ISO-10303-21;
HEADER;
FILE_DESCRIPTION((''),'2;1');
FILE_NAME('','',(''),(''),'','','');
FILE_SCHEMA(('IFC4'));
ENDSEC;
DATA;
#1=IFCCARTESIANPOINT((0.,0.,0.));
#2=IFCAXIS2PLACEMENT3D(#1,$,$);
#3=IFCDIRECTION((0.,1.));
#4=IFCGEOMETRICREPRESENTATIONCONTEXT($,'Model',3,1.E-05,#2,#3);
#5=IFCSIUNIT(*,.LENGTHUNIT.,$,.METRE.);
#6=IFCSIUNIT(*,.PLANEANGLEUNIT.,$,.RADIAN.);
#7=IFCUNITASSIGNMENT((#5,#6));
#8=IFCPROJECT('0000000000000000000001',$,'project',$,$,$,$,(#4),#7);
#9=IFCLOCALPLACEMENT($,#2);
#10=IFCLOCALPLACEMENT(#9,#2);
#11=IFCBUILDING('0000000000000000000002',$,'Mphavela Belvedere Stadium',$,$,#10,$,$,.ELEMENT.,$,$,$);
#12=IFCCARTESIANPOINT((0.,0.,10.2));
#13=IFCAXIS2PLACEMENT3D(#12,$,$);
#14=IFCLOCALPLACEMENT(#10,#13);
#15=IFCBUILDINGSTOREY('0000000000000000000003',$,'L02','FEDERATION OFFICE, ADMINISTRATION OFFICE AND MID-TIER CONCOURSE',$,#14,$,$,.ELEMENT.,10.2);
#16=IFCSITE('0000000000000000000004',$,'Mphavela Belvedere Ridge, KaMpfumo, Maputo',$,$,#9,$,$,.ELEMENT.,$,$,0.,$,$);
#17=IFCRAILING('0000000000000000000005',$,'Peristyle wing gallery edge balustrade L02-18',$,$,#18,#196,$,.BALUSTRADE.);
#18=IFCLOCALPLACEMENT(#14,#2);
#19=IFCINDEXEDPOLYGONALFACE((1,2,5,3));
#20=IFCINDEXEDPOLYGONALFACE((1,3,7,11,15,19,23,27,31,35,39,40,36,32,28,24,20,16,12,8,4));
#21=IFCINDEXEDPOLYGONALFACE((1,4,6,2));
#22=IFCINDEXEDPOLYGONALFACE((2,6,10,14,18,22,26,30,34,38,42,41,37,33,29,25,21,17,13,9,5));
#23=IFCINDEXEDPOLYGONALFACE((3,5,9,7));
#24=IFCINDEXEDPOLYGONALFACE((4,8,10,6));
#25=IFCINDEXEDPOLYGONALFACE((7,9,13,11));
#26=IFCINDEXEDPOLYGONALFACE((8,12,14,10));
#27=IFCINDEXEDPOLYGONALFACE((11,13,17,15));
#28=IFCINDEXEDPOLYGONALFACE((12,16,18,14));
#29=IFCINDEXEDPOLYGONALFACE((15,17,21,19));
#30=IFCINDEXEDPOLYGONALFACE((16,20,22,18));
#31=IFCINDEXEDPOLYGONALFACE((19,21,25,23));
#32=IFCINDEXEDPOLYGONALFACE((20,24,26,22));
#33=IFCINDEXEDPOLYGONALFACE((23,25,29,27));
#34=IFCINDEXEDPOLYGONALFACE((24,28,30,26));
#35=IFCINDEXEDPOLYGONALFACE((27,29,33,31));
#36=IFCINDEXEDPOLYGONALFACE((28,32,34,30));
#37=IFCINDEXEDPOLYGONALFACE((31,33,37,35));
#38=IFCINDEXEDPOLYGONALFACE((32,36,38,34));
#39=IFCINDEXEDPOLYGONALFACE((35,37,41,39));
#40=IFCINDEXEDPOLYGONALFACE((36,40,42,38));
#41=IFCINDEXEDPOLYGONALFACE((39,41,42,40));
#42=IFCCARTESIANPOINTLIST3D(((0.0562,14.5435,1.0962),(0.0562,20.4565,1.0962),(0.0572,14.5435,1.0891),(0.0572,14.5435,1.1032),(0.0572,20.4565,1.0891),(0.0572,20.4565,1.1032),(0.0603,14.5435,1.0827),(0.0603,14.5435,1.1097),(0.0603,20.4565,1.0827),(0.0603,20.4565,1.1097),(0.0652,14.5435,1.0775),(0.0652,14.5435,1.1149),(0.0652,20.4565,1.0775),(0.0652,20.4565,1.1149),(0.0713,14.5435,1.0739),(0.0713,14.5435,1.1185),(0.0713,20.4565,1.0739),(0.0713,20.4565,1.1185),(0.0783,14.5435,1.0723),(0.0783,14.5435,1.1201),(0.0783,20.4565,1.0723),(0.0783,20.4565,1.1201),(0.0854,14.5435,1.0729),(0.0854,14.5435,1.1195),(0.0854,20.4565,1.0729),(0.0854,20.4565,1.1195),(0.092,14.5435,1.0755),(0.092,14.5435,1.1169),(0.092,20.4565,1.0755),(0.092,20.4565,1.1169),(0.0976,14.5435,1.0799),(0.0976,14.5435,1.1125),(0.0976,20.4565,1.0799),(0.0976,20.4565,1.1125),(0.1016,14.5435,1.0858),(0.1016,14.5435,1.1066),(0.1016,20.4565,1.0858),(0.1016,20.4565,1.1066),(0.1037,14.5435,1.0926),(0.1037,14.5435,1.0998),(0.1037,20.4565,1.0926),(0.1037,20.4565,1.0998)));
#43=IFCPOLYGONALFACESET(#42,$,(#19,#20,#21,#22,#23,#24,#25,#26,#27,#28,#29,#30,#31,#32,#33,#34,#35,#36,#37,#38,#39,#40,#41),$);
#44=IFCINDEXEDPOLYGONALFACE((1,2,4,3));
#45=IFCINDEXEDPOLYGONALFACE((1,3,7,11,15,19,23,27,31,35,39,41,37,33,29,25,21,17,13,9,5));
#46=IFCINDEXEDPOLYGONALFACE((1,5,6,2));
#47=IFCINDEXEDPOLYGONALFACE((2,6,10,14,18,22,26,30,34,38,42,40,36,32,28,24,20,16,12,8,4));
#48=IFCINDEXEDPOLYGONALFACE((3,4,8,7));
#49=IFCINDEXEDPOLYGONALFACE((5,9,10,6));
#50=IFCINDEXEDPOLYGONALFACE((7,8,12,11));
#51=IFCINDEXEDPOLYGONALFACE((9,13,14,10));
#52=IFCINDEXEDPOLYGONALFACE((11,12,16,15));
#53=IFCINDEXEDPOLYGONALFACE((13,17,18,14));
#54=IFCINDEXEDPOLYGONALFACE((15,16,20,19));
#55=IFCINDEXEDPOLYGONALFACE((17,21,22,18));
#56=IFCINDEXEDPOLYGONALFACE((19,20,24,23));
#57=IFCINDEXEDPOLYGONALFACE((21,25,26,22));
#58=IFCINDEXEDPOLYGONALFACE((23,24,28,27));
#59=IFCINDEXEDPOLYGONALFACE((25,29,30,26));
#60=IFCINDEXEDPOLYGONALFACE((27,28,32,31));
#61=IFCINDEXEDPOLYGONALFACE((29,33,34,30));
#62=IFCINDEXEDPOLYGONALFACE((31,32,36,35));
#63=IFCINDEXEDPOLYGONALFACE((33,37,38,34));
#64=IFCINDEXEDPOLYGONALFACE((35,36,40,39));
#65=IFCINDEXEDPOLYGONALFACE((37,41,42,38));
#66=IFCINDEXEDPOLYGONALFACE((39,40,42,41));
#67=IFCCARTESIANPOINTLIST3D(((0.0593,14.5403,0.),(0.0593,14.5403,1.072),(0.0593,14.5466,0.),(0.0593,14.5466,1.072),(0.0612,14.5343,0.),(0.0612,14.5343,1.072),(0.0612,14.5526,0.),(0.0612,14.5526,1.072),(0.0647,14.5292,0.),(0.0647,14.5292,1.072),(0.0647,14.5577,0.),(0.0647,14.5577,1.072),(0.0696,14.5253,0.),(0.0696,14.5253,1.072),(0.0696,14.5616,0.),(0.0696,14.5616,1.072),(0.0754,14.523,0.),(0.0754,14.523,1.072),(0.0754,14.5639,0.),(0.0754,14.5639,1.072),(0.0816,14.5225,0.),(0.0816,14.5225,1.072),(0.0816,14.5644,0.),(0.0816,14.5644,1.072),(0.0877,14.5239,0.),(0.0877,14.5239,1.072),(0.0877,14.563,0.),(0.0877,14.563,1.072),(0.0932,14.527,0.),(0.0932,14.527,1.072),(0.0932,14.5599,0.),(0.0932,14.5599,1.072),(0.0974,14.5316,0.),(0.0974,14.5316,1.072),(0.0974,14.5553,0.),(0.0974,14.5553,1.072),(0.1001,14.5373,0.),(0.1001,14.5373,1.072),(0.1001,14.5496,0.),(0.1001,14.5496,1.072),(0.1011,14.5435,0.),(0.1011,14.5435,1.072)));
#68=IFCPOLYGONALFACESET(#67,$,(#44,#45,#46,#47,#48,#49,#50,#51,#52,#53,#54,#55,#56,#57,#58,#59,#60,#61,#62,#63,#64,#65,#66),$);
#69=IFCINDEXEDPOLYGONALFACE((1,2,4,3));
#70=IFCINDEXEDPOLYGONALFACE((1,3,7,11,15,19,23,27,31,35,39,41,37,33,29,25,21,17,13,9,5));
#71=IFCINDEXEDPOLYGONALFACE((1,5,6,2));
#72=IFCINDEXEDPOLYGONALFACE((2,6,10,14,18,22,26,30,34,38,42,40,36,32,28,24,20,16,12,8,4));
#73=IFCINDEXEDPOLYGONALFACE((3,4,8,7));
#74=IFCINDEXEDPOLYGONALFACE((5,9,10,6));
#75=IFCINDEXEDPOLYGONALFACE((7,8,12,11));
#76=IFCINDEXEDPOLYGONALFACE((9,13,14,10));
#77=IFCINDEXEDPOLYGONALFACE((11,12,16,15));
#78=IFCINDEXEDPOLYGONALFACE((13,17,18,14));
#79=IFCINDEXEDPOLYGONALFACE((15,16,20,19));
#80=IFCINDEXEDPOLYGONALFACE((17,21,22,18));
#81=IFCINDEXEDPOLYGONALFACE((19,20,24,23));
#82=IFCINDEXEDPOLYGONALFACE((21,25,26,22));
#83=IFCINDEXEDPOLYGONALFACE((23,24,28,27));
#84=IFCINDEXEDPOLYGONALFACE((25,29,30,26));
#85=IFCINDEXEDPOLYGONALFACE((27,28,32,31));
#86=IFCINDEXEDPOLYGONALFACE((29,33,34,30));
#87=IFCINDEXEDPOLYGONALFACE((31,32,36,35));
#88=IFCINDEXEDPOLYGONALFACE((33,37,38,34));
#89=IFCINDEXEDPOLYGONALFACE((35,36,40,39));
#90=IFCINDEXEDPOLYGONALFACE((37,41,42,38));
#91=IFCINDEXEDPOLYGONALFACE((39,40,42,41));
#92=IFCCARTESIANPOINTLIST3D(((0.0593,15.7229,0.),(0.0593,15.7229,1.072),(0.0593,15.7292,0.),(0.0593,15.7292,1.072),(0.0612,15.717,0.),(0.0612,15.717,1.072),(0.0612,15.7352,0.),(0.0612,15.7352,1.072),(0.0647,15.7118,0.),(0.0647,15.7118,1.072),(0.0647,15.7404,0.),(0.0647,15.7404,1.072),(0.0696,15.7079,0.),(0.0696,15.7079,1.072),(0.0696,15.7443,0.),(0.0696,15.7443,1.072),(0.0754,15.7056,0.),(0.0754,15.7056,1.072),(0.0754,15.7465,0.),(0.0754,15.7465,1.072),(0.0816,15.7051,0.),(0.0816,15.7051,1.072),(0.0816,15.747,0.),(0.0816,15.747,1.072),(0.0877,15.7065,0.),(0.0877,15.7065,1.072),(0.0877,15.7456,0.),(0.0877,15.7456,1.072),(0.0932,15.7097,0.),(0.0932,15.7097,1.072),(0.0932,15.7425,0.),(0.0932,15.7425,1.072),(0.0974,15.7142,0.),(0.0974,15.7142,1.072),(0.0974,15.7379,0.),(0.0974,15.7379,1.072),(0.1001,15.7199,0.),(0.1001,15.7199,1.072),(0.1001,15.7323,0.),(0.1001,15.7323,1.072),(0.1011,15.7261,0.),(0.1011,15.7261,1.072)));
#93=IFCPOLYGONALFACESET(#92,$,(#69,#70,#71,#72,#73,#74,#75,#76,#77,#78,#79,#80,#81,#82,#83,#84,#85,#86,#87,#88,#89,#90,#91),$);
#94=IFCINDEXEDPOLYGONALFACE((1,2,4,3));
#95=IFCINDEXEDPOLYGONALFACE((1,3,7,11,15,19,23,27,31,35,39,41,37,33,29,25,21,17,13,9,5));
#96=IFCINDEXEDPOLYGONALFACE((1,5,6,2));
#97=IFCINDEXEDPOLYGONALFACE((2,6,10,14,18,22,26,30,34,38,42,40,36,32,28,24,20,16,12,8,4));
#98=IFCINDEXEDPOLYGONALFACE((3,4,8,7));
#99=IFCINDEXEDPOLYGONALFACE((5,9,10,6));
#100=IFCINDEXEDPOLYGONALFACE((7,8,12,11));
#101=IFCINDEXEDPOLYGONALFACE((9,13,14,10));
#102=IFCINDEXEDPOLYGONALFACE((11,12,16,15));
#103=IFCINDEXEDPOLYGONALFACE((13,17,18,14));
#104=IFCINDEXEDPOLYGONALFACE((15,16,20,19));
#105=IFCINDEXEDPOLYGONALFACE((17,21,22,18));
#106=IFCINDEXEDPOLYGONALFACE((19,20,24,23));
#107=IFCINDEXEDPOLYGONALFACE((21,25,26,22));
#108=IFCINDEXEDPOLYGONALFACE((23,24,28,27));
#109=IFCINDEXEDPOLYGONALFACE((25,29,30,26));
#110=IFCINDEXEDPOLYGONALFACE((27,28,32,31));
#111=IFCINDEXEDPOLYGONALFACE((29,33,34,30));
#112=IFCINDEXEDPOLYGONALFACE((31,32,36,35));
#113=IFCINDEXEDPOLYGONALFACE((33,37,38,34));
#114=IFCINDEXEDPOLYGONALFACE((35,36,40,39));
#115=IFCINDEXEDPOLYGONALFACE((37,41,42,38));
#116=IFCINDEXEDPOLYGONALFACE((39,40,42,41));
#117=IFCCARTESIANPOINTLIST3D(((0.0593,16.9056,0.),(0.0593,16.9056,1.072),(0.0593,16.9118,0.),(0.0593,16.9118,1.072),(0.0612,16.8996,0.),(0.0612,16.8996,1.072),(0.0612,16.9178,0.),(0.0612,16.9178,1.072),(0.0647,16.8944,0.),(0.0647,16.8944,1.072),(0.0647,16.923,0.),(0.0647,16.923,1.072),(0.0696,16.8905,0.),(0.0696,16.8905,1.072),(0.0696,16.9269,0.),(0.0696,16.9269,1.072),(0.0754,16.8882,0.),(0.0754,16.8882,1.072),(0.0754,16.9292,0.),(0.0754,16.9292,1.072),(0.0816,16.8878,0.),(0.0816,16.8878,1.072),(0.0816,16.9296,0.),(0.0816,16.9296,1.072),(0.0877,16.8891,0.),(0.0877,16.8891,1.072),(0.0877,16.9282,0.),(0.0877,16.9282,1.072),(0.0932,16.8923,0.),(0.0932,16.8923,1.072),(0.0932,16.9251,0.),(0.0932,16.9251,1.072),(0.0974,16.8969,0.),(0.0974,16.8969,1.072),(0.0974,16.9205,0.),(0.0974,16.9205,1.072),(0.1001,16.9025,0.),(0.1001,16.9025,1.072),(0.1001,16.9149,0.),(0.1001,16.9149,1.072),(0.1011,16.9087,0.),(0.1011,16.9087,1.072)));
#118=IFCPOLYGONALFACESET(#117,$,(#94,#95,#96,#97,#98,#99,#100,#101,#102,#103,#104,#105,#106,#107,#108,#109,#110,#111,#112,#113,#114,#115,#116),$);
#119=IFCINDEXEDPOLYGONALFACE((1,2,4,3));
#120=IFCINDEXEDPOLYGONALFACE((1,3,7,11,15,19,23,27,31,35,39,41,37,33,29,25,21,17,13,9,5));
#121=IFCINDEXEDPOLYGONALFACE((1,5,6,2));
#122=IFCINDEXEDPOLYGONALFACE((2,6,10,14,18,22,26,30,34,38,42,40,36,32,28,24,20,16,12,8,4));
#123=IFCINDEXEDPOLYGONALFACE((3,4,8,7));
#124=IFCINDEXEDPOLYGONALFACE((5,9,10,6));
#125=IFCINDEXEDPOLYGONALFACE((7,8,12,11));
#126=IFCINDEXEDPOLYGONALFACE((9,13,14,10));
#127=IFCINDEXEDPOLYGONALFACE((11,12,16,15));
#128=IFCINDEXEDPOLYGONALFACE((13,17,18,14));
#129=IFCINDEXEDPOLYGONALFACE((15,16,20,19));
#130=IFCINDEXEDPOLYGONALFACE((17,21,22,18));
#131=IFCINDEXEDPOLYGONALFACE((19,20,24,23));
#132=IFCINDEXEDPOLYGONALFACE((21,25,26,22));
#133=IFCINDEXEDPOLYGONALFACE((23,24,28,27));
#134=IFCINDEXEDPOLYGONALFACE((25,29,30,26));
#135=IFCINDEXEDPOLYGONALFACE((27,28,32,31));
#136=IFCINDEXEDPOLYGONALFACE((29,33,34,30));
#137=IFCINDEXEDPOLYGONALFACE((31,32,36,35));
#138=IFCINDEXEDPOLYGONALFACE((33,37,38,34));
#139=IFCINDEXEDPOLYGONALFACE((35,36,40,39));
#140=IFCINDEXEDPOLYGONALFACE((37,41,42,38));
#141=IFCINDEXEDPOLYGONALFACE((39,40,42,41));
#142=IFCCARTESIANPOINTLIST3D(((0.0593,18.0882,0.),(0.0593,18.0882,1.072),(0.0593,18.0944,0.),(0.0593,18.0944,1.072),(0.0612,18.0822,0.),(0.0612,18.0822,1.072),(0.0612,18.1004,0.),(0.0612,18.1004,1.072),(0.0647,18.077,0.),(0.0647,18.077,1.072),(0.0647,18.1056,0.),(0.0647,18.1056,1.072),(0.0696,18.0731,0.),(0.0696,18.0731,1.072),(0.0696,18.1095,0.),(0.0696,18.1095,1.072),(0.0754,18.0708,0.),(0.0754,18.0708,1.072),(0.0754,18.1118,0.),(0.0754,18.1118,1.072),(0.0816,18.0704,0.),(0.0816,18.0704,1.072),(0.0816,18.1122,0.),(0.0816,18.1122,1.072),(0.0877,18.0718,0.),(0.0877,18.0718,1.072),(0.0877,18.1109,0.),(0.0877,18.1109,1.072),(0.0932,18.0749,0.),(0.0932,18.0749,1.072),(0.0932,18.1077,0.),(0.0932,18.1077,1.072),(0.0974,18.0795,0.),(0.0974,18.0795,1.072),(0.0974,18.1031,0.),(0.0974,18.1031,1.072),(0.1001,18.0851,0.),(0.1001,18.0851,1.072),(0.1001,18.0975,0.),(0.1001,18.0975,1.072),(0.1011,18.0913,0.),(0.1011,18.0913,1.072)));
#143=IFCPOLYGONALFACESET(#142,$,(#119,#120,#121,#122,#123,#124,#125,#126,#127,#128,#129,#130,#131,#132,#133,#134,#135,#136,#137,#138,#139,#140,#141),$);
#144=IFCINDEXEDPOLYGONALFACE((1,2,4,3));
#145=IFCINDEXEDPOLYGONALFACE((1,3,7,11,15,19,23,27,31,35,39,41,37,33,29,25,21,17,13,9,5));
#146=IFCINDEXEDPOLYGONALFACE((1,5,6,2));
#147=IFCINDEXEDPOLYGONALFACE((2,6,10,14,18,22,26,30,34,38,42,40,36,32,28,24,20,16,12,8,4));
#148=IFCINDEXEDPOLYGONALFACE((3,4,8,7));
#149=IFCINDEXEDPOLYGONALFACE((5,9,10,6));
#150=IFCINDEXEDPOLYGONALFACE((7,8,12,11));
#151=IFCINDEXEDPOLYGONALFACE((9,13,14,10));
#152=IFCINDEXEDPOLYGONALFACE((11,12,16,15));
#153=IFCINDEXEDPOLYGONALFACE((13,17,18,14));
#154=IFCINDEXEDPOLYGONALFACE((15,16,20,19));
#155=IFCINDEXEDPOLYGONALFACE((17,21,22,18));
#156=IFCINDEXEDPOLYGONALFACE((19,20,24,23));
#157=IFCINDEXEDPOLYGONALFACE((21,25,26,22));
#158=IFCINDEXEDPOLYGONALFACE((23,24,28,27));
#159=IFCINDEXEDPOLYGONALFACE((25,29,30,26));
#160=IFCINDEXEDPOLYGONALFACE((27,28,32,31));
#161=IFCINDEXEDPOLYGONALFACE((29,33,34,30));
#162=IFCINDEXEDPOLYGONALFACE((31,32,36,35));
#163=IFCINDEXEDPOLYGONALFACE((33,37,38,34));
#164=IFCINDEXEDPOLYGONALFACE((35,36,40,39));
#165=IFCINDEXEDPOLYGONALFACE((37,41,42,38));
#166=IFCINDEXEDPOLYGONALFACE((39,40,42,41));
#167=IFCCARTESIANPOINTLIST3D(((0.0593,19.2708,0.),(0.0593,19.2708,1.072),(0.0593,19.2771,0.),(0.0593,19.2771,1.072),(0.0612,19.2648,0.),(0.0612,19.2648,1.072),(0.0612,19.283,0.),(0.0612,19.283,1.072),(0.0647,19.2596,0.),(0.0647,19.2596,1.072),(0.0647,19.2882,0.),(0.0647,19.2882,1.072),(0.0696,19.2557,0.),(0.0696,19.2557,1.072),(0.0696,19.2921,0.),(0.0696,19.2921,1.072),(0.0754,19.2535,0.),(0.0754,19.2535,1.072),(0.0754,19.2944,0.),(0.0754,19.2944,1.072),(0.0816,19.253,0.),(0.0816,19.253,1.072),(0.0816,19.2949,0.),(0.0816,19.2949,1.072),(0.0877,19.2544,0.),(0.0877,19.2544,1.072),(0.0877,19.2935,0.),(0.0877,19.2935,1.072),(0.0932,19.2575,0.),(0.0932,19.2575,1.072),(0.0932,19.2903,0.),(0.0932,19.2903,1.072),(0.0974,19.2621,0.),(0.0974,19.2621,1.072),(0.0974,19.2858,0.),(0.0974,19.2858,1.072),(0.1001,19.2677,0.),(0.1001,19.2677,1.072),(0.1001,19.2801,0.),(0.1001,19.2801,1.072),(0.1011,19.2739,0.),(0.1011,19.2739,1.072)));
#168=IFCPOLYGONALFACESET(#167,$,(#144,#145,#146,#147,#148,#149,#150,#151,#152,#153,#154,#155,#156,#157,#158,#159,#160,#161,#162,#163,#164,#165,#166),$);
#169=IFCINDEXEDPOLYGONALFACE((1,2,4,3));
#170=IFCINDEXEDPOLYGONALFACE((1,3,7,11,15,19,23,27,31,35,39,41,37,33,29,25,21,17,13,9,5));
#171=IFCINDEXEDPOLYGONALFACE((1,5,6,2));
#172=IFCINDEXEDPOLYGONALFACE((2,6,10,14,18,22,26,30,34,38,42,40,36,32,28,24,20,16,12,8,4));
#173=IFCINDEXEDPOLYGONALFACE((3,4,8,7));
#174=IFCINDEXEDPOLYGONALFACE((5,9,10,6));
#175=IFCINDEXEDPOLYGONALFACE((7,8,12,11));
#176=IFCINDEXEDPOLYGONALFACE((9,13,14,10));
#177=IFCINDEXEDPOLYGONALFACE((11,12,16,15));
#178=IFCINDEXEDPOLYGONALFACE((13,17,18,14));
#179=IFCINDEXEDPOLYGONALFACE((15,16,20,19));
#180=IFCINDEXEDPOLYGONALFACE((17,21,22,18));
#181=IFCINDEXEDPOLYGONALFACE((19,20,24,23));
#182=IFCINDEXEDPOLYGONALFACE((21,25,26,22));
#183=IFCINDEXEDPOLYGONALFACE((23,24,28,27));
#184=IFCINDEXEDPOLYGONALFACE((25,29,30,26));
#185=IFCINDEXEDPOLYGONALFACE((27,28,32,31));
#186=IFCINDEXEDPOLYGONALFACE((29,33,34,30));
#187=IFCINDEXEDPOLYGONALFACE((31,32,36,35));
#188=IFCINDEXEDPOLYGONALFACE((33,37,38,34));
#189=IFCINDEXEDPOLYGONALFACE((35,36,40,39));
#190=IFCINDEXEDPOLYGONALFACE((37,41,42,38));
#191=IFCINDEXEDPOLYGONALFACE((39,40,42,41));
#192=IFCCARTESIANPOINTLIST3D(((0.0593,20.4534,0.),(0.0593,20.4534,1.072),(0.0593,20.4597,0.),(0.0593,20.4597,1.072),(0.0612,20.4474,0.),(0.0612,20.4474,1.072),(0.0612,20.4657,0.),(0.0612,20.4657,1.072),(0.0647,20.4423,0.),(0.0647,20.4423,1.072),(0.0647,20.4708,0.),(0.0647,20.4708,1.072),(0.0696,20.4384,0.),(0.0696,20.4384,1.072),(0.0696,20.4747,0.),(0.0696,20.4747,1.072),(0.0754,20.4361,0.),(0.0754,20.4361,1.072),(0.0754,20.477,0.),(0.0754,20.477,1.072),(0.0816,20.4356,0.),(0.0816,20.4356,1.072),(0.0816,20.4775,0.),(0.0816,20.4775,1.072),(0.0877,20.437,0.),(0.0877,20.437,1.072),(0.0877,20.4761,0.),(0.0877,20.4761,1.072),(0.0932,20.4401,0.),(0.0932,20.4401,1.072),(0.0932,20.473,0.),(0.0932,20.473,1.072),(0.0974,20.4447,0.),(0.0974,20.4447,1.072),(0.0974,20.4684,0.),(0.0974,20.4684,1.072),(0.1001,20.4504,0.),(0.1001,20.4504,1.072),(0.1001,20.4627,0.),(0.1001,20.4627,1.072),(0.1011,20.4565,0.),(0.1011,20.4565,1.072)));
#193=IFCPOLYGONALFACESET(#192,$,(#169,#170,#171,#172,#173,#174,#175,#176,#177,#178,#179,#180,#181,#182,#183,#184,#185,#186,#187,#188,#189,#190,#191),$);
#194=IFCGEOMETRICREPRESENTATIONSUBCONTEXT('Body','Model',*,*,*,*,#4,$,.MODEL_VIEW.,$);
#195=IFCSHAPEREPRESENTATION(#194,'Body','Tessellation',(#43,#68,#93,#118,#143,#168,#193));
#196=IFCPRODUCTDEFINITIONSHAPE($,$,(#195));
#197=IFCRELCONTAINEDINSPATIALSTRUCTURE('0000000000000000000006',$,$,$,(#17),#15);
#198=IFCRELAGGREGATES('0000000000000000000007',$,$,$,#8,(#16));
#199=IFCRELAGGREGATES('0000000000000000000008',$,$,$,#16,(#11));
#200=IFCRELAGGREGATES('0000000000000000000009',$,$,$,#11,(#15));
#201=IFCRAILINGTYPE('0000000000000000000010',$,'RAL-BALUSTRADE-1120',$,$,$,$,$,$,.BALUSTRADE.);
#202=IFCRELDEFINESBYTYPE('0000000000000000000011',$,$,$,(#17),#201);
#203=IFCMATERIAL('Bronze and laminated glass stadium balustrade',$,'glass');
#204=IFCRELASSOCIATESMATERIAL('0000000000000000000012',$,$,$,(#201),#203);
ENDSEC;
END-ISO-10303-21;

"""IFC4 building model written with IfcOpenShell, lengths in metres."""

from ifc_helpers import new_model, si_unit, direction, frame, origin, origin_2d, place, context, subcontext, project, spatial, circle, extrude, material, type_object, element, save


model = new_model("IFC4")

# Units and contexts
model_context = context("Model", 3, precision=1e-05, world=origin(), true_north=direction((0.0, 1.0)))
body_context = subcontext(model_context, "Body", "Model", "MODEL_VIEW")
ifc_project = project(units=[si_unit("LENGTHUNIT", "METRE"), si_unit("PLANEANGLEUNIT", "RADIAN")], contexts=[model_context])

# Site, building, storey
site_placement = place(None, origin())
site = spatial("IfcSite", under=ifc_project, at=site_placement, Name="Mphavela Belvedere Ridge, KaMpfumo, Maputo", CompositionType="ELEMENT", RefElevation=0.0)
building_placement = place(site_placement, origin())
building = spatial("IfcBuilding", under=site, at=building_placement, Name="Mphavela Belvedere Stadium", CompositionType="ELEMENT")
storey_placement = place(building_placement, frame((0.0, 0.0, 10.2)))
storey = spatial("IfcBuildingStorey", under=building, at=storey_placement, Name="L02", Description="FEDERATION OFFICE, ADMINISTRATION OFFICE AND MID-TIER CONCOURSE", CompositionType="ELEMENT", Elevation=10.2)

# Railing
ifc_material_1 = material(Name="Bronze and laminated glass stadium balustrade", Category="glass")
railing_type = type_object("IfcRailingType", Name="RAL-BALUSTRADE-1120", PredefinedType="BALUSTRADE", material=ifc_material_1)
for number, where, name in (
    (1, (0.0801, 14.5435, 0.0), "Peristyle wing gallery edge balustrade L02-18"),
):
    element("IfcRailing", number, at=place(storey_placement, frame(where)), inside=storey, type_object=railing_type, Name=name, PredefinedType="BALUSTRADE", context=body_context, shape_type="SweptSolid", body=[
        extrude(circle(Radius=0.0239, at=origin_2d()), frame((0.0, 0.0, 1.0962), z_axis=(0.0, 1.0, 0.0), x_axis=(-1.0, 0.0, 0.0)), (0.0, 0.0, 1.0), 5.9131),
        extrude(circle(Radius=0.021, at=origin_2d()), origin(), (0.0, 0.0, 1.0), 1.072),
        extrude(circle(Radius=0.021, at=origin_2d()), frame((0.0, 1.1826, 0.0)), (0.0, 0.0, 1.0), 1.072),
        extrude(circle(Radius=0.021, at=origin_2d()), frame((0.0, 2.3652, 0.0)), (0.0, 0.0, 1.0), 1.072),
        extrude(circle(Radius=0.021, at=origin_2d()), frame((0.0, 3.5479, 0.0)), (0.0, 0.0, 1.0), 1.072),
        extrude(circle(Radius=0.021, at=origin_2d()), frame((0.0, 4.7305, 0.0)), (0.0, 0.0, 1.0), 1.072),
        extrude(circle(Radius=0.021, at=origin_2d()), frame((0.0, 5.9131, 0.0)), (0.0, 0.0, 1.0), 1.072),
    ])

save(model, "model.ifc")
